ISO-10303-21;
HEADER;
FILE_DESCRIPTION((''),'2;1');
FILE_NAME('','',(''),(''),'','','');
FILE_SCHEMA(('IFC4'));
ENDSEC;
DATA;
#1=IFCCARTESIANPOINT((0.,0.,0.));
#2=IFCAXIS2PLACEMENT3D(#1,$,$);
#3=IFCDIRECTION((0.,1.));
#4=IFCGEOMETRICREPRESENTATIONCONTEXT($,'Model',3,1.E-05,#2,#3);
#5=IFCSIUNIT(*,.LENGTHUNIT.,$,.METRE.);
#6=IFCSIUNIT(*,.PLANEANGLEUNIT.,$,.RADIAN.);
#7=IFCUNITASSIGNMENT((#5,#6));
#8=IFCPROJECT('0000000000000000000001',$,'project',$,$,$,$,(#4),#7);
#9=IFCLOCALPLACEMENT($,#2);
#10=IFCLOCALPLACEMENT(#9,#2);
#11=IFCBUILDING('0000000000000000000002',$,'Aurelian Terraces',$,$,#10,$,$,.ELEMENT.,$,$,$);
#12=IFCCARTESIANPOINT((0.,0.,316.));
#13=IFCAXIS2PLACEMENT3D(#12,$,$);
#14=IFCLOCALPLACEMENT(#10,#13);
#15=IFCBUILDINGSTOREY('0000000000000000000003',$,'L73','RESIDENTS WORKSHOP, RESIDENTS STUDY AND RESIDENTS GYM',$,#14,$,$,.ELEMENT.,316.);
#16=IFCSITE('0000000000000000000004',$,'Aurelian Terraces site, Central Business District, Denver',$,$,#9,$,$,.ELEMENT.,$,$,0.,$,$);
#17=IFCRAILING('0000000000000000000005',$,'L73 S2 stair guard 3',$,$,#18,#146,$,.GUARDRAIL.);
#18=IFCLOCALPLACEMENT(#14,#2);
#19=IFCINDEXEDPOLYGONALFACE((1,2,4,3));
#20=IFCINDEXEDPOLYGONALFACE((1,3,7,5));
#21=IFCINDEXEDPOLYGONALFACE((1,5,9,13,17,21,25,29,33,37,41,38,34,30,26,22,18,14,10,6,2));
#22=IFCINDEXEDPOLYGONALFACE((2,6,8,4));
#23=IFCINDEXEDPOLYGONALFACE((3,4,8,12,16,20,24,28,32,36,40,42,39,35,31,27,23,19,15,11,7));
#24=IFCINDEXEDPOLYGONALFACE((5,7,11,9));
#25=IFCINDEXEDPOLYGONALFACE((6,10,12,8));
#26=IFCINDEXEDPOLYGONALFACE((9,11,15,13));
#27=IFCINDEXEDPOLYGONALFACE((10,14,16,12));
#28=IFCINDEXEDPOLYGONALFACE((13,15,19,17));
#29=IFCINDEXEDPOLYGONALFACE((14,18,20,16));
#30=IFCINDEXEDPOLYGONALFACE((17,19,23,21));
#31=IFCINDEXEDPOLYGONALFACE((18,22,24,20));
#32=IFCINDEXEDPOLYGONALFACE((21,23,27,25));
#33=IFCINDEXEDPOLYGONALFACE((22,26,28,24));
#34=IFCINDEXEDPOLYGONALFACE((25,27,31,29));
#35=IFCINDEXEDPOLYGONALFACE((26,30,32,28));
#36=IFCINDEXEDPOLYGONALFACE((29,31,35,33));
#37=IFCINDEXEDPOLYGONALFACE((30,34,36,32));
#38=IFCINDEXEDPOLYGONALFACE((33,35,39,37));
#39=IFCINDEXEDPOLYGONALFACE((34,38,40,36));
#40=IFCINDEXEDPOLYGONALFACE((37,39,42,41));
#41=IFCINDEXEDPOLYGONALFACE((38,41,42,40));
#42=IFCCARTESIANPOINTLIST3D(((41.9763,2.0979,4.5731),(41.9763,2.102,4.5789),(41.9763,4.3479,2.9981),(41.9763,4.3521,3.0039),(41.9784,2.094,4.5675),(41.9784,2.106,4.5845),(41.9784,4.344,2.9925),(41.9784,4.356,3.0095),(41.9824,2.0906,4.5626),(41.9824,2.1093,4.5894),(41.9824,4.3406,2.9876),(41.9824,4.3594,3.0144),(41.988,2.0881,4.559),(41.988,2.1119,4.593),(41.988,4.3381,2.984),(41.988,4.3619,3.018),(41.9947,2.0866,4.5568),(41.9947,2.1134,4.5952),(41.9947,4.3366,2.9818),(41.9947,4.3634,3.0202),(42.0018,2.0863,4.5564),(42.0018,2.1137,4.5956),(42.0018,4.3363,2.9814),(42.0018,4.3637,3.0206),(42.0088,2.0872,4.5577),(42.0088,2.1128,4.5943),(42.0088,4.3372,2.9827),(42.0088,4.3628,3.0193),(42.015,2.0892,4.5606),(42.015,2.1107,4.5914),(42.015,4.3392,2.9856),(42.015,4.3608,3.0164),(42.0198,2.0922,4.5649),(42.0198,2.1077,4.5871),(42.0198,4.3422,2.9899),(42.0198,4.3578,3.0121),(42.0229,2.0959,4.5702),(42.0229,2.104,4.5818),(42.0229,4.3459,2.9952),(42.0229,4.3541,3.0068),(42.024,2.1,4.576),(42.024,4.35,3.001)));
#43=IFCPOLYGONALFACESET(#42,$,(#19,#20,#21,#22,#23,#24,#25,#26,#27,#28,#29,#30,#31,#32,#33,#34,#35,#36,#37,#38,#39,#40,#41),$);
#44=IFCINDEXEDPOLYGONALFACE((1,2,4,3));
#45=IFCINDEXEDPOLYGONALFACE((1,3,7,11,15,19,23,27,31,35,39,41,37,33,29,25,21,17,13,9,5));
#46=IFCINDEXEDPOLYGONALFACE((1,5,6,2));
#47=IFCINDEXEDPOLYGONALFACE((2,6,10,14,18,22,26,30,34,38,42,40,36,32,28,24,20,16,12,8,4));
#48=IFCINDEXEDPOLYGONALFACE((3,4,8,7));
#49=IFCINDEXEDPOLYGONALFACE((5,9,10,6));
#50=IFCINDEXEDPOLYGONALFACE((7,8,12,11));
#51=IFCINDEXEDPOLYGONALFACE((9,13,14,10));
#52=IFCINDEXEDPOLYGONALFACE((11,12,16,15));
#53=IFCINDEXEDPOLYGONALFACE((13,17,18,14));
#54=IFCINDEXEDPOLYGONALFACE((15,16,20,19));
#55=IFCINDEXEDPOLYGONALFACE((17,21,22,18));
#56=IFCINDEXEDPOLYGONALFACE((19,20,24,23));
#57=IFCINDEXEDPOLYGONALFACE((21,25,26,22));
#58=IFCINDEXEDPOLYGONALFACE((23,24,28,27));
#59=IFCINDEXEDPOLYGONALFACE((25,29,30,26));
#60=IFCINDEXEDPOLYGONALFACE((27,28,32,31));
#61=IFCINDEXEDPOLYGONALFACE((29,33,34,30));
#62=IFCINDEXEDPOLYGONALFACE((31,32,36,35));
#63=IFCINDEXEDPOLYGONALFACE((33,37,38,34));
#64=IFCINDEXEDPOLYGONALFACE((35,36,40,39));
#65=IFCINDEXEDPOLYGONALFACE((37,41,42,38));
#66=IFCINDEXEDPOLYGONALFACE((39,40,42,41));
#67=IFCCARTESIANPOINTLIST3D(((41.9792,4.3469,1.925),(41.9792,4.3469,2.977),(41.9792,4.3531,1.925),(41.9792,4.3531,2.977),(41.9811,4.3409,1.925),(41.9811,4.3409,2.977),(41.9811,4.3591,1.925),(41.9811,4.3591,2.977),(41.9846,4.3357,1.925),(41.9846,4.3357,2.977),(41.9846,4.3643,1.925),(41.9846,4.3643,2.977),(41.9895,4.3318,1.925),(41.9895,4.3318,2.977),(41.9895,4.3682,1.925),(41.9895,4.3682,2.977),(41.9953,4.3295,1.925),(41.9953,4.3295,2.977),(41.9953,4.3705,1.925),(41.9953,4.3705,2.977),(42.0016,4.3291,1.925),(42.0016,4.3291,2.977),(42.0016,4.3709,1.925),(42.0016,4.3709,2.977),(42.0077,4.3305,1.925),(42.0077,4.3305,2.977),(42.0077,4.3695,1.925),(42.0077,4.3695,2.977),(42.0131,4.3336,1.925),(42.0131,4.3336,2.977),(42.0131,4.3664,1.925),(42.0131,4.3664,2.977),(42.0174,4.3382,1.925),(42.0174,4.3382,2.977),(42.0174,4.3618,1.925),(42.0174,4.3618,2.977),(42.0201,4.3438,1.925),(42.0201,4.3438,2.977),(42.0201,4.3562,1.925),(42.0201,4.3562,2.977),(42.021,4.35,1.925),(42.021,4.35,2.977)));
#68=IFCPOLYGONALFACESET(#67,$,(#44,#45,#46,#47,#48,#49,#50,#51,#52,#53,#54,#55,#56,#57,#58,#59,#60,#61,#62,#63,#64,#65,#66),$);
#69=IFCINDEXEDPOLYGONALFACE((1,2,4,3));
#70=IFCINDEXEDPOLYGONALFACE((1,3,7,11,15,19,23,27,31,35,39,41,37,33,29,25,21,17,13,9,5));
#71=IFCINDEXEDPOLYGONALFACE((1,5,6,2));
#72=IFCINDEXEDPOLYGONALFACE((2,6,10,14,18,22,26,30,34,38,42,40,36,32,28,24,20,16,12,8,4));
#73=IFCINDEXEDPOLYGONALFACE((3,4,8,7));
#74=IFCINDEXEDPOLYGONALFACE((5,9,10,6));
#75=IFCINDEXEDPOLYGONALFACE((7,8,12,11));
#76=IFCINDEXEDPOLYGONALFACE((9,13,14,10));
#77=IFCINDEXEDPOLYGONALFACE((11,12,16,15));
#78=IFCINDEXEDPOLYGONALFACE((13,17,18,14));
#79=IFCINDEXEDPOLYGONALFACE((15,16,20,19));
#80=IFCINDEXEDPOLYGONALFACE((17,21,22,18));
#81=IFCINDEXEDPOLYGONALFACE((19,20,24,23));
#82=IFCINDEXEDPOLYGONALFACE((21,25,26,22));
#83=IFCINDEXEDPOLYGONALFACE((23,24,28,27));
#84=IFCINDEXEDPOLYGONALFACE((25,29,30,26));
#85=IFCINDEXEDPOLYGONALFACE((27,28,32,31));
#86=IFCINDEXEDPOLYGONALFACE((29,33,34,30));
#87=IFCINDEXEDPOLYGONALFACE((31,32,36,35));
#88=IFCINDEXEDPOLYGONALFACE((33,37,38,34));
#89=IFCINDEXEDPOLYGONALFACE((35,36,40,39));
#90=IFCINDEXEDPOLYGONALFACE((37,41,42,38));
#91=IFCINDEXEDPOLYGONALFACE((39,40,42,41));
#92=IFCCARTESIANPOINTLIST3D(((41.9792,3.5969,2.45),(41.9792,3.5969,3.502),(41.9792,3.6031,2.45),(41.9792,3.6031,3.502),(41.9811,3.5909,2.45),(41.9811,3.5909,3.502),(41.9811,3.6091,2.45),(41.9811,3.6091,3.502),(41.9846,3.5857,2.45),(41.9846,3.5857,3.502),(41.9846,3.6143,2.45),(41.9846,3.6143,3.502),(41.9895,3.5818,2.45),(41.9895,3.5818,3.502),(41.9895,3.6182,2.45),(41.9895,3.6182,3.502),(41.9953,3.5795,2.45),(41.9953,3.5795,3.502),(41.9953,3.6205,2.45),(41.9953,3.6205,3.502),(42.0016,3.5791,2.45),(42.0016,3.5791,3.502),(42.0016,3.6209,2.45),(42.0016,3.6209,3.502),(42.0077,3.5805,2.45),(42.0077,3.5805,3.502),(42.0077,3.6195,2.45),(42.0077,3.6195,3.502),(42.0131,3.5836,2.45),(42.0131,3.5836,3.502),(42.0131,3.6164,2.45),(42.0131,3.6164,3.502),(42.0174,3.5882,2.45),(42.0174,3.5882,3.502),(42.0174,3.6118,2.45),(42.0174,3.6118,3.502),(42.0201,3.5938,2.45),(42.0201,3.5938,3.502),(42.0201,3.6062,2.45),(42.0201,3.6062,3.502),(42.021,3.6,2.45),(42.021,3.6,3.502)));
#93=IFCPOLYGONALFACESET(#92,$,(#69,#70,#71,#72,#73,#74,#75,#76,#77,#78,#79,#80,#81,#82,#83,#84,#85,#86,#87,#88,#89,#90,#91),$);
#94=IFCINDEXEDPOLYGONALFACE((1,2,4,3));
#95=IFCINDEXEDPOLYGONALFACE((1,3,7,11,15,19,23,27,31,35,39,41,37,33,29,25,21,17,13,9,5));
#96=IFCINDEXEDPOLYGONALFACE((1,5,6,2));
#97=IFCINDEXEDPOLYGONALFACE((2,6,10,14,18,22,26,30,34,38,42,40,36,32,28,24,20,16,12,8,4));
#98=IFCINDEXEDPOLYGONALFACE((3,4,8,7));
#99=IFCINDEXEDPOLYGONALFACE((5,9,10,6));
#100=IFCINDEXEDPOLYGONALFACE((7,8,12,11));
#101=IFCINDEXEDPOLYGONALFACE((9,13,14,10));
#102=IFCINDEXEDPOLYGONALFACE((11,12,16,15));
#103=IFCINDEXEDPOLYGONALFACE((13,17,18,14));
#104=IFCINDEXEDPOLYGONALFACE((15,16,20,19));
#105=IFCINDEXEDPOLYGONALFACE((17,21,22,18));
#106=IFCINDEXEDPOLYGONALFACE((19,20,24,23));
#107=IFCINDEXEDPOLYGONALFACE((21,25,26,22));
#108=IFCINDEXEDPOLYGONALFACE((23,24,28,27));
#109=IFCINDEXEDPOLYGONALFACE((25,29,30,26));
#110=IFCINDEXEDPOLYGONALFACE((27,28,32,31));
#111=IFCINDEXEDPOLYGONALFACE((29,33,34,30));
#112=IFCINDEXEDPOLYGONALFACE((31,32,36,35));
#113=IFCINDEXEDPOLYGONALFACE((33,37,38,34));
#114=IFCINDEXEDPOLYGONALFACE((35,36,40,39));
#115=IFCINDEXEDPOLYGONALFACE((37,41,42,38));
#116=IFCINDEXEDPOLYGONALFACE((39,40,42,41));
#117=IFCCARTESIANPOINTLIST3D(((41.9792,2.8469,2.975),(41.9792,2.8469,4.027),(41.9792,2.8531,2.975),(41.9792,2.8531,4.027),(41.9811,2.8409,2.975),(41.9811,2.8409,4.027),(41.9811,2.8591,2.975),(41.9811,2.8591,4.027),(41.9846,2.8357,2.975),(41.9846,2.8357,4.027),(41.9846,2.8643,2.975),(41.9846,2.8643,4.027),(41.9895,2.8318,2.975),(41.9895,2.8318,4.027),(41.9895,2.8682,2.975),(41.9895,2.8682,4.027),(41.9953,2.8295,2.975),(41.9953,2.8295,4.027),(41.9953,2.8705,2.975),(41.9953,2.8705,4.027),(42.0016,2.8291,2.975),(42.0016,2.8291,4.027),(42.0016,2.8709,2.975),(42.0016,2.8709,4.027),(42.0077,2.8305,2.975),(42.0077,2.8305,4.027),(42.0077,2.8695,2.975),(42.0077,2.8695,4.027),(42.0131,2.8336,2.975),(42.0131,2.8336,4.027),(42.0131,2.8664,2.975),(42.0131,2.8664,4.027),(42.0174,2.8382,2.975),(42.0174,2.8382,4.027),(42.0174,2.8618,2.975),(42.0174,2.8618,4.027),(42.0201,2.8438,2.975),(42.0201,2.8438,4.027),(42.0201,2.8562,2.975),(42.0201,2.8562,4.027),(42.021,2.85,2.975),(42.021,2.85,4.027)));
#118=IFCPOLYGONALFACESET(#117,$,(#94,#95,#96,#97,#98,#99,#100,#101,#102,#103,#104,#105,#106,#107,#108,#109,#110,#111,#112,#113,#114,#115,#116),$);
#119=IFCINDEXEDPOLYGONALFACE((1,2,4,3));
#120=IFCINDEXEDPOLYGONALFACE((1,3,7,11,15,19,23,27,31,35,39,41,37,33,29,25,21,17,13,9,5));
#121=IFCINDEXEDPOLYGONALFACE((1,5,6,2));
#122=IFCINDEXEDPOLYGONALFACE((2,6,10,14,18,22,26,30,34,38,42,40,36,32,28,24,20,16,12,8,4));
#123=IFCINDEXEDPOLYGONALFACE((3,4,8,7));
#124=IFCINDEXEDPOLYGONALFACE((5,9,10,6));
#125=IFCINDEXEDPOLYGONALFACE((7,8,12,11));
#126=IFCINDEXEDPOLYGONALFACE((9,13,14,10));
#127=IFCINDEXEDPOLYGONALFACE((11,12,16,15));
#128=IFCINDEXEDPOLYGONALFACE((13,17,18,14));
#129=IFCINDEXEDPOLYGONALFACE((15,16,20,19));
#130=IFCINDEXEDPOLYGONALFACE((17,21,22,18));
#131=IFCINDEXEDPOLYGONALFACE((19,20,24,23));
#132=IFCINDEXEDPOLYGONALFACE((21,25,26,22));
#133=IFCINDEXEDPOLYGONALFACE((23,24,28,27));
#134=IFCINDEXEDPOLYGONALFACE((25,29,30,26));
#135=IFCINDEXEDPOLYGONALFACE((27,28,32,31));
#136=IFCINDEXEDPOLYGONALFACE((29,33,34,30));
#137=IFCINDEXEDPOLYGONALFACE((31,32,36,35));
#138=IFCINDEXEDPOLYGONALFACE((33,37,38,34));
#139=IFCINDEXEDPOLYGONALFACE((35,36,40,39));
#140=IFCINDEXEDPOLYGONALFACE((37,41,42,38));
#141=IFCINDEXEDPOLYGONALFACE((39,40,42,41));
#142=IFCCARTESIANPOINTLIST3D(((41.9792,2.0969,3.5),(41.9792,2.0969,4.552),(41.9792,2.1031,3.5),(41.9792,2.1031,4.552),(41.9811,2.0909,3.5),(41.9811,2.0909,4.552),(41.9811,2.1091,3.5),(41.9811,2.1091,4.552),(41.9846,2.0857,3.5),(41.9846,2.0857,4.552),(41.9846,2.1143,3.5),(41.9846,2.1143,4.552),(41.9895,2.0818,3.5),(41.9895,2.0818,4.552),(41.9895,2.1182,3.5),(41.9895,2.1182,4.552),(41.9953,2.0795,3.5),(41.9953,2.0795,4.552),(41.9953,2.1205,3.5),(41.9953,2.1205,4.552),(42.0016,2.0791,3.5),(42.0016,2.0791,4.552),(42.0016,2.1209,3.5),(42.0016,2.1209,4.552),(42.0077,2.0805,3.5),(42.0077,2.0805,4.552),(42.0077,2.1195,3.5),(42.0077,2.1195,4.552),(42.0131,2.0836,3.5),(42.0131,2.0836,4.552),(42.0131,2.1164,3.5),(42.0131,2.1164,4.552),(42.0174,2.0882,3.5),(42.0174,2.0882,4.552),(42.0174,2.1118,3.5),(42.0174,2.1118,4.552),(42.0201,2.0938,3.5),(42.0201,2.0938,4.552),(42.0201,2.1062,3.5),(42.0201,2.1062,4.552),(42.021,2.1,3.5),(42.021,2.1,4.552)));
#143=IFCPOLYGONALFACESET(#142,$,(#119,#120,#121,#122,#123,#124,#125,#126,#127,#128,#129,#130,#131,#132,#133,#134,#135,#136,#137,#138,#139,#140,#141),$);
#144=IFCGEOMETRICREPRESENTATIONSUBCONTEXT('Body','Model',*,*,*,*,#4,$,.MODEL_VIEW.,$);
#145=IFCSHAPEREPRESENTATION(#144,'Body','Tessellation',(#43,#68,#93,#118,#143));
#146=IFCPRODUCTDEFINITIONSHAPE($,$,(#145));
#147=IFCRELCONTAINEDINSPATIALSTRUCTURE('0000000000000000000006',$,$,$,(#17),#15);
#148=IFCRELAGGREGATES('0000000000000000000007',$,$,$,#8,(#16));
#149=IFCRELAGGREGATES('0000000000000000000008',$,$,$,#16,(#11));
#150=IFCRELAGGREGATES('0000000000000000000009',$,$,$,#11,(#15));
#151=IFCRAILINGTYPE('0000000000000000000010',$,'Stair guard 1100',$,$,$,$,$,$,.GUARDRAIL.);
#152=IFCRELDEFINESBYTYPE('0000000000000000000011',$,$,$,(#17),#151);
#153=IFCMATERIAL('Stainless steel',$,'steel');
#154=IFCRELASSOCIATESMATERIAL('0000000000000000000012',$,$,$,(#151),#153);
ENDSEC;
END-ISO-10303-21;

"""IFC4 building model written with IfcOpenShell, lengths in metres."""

from ifc_helpers import new_model, si_unit, direction, frame, origin, origin_2d, place, context, subcontext, project, spatial, circle, extrude, source, transform, mapped, material, type_object, element, save


model = new_model("IFC4")

# Units and contexts
model_context = context("Model", 3, precision=1e-05, world=origin(), true_north=direction((0.0, 1.0)))
body_context = subcontext(model_context, "Body", "Model", "MODEL_VIEW")
ifc_project = project(units=[si_unit("LENGTHUNIT", "METRE"), si_unit("PLANEANGLEUNIT", "RADIAN")], contexts=[model_context])

# Site, building, storey
site_placement = place(None, origin())
site = spatial("IfcSite", under=ifc_project, at=site_placement, Name="Aurelian Terraces site, Central Business District, Denver", CompositionType="ELEMENT", RefElevation=0.0)
building_placement = place(site_placement, origin())
building = spatial("IfcBuilding", under=site, at=building_placement, Name="Aurelian Terraces", CompositionType="ELEMENT")
storey_placement = place(building_placement, frame((0.0, 0.0, 316.0)))
storey = spatial("IfcBuildingStorey", under=building, at=storey_placement, Name="L73", Description="RESIDENTS WORKSHOP, RESIDENTS STUDY AND RESIDENTS GYM", CompositionType="ELEMENT", Elevation=316.0)

# Railing
ifc_material_1 = material(Name="Stainless steel", Category="steel")
railing_type_1 = type_object("IfcRailingType", Name="Stair guard 1100", PredefinedType="GUARDRAIL", material=ifc_material_1)
shared_shape_1 = source(origin(), body_context, "Body", "SweptSolid", [
    extrude(circle(Radius=0.024, at=origin_2d()), frame((0.0, 0.0, 1.076), z_axis=(0.0, -0.819232, 0.573462), x_axis=(1.0, 0.0, 0.0)), (0.0, 0.0, 1.0), 2.7465),
    extrude(circle(Radius=0.021, at=origin_2d()), origin(), (0.0, 0.0, 1.0), 1.052),
    extrude(circle(Radius=0.021, at=origin_2d()), frame((0.0, -0.75, 0.525)), (0.0, 0.0, 1.0), 1.052),
    extrude(circle(Radius=0.021, at=origin_2d()), frame((0.0, -1.5, 1.05)), (0.0, 0.0, 1.0), 1.052),
    extrude(circle(Radius=0.021, at=origin_2d()), frame((0.0, -2.25, 1.575)), (0.0, 0.0, 1.0), 1.052),
])
railing_1_placement = place(storey_placement, frame((42.0, 4.35, 1.925)))
element("IfcRailing", 1, at=railing_1_placement, inside=storey, type_object=railing_type_1, Name="L73 S2 stair guard 3", PredefinedType="GUARDRAIL", context=body_context, shape_type="MappedRepresentation", body=[
    mapped(shared_shape_1, transform((0.0, 0.0, 0.0), scale=1.0)),
])

save(model, "model.ifc")
